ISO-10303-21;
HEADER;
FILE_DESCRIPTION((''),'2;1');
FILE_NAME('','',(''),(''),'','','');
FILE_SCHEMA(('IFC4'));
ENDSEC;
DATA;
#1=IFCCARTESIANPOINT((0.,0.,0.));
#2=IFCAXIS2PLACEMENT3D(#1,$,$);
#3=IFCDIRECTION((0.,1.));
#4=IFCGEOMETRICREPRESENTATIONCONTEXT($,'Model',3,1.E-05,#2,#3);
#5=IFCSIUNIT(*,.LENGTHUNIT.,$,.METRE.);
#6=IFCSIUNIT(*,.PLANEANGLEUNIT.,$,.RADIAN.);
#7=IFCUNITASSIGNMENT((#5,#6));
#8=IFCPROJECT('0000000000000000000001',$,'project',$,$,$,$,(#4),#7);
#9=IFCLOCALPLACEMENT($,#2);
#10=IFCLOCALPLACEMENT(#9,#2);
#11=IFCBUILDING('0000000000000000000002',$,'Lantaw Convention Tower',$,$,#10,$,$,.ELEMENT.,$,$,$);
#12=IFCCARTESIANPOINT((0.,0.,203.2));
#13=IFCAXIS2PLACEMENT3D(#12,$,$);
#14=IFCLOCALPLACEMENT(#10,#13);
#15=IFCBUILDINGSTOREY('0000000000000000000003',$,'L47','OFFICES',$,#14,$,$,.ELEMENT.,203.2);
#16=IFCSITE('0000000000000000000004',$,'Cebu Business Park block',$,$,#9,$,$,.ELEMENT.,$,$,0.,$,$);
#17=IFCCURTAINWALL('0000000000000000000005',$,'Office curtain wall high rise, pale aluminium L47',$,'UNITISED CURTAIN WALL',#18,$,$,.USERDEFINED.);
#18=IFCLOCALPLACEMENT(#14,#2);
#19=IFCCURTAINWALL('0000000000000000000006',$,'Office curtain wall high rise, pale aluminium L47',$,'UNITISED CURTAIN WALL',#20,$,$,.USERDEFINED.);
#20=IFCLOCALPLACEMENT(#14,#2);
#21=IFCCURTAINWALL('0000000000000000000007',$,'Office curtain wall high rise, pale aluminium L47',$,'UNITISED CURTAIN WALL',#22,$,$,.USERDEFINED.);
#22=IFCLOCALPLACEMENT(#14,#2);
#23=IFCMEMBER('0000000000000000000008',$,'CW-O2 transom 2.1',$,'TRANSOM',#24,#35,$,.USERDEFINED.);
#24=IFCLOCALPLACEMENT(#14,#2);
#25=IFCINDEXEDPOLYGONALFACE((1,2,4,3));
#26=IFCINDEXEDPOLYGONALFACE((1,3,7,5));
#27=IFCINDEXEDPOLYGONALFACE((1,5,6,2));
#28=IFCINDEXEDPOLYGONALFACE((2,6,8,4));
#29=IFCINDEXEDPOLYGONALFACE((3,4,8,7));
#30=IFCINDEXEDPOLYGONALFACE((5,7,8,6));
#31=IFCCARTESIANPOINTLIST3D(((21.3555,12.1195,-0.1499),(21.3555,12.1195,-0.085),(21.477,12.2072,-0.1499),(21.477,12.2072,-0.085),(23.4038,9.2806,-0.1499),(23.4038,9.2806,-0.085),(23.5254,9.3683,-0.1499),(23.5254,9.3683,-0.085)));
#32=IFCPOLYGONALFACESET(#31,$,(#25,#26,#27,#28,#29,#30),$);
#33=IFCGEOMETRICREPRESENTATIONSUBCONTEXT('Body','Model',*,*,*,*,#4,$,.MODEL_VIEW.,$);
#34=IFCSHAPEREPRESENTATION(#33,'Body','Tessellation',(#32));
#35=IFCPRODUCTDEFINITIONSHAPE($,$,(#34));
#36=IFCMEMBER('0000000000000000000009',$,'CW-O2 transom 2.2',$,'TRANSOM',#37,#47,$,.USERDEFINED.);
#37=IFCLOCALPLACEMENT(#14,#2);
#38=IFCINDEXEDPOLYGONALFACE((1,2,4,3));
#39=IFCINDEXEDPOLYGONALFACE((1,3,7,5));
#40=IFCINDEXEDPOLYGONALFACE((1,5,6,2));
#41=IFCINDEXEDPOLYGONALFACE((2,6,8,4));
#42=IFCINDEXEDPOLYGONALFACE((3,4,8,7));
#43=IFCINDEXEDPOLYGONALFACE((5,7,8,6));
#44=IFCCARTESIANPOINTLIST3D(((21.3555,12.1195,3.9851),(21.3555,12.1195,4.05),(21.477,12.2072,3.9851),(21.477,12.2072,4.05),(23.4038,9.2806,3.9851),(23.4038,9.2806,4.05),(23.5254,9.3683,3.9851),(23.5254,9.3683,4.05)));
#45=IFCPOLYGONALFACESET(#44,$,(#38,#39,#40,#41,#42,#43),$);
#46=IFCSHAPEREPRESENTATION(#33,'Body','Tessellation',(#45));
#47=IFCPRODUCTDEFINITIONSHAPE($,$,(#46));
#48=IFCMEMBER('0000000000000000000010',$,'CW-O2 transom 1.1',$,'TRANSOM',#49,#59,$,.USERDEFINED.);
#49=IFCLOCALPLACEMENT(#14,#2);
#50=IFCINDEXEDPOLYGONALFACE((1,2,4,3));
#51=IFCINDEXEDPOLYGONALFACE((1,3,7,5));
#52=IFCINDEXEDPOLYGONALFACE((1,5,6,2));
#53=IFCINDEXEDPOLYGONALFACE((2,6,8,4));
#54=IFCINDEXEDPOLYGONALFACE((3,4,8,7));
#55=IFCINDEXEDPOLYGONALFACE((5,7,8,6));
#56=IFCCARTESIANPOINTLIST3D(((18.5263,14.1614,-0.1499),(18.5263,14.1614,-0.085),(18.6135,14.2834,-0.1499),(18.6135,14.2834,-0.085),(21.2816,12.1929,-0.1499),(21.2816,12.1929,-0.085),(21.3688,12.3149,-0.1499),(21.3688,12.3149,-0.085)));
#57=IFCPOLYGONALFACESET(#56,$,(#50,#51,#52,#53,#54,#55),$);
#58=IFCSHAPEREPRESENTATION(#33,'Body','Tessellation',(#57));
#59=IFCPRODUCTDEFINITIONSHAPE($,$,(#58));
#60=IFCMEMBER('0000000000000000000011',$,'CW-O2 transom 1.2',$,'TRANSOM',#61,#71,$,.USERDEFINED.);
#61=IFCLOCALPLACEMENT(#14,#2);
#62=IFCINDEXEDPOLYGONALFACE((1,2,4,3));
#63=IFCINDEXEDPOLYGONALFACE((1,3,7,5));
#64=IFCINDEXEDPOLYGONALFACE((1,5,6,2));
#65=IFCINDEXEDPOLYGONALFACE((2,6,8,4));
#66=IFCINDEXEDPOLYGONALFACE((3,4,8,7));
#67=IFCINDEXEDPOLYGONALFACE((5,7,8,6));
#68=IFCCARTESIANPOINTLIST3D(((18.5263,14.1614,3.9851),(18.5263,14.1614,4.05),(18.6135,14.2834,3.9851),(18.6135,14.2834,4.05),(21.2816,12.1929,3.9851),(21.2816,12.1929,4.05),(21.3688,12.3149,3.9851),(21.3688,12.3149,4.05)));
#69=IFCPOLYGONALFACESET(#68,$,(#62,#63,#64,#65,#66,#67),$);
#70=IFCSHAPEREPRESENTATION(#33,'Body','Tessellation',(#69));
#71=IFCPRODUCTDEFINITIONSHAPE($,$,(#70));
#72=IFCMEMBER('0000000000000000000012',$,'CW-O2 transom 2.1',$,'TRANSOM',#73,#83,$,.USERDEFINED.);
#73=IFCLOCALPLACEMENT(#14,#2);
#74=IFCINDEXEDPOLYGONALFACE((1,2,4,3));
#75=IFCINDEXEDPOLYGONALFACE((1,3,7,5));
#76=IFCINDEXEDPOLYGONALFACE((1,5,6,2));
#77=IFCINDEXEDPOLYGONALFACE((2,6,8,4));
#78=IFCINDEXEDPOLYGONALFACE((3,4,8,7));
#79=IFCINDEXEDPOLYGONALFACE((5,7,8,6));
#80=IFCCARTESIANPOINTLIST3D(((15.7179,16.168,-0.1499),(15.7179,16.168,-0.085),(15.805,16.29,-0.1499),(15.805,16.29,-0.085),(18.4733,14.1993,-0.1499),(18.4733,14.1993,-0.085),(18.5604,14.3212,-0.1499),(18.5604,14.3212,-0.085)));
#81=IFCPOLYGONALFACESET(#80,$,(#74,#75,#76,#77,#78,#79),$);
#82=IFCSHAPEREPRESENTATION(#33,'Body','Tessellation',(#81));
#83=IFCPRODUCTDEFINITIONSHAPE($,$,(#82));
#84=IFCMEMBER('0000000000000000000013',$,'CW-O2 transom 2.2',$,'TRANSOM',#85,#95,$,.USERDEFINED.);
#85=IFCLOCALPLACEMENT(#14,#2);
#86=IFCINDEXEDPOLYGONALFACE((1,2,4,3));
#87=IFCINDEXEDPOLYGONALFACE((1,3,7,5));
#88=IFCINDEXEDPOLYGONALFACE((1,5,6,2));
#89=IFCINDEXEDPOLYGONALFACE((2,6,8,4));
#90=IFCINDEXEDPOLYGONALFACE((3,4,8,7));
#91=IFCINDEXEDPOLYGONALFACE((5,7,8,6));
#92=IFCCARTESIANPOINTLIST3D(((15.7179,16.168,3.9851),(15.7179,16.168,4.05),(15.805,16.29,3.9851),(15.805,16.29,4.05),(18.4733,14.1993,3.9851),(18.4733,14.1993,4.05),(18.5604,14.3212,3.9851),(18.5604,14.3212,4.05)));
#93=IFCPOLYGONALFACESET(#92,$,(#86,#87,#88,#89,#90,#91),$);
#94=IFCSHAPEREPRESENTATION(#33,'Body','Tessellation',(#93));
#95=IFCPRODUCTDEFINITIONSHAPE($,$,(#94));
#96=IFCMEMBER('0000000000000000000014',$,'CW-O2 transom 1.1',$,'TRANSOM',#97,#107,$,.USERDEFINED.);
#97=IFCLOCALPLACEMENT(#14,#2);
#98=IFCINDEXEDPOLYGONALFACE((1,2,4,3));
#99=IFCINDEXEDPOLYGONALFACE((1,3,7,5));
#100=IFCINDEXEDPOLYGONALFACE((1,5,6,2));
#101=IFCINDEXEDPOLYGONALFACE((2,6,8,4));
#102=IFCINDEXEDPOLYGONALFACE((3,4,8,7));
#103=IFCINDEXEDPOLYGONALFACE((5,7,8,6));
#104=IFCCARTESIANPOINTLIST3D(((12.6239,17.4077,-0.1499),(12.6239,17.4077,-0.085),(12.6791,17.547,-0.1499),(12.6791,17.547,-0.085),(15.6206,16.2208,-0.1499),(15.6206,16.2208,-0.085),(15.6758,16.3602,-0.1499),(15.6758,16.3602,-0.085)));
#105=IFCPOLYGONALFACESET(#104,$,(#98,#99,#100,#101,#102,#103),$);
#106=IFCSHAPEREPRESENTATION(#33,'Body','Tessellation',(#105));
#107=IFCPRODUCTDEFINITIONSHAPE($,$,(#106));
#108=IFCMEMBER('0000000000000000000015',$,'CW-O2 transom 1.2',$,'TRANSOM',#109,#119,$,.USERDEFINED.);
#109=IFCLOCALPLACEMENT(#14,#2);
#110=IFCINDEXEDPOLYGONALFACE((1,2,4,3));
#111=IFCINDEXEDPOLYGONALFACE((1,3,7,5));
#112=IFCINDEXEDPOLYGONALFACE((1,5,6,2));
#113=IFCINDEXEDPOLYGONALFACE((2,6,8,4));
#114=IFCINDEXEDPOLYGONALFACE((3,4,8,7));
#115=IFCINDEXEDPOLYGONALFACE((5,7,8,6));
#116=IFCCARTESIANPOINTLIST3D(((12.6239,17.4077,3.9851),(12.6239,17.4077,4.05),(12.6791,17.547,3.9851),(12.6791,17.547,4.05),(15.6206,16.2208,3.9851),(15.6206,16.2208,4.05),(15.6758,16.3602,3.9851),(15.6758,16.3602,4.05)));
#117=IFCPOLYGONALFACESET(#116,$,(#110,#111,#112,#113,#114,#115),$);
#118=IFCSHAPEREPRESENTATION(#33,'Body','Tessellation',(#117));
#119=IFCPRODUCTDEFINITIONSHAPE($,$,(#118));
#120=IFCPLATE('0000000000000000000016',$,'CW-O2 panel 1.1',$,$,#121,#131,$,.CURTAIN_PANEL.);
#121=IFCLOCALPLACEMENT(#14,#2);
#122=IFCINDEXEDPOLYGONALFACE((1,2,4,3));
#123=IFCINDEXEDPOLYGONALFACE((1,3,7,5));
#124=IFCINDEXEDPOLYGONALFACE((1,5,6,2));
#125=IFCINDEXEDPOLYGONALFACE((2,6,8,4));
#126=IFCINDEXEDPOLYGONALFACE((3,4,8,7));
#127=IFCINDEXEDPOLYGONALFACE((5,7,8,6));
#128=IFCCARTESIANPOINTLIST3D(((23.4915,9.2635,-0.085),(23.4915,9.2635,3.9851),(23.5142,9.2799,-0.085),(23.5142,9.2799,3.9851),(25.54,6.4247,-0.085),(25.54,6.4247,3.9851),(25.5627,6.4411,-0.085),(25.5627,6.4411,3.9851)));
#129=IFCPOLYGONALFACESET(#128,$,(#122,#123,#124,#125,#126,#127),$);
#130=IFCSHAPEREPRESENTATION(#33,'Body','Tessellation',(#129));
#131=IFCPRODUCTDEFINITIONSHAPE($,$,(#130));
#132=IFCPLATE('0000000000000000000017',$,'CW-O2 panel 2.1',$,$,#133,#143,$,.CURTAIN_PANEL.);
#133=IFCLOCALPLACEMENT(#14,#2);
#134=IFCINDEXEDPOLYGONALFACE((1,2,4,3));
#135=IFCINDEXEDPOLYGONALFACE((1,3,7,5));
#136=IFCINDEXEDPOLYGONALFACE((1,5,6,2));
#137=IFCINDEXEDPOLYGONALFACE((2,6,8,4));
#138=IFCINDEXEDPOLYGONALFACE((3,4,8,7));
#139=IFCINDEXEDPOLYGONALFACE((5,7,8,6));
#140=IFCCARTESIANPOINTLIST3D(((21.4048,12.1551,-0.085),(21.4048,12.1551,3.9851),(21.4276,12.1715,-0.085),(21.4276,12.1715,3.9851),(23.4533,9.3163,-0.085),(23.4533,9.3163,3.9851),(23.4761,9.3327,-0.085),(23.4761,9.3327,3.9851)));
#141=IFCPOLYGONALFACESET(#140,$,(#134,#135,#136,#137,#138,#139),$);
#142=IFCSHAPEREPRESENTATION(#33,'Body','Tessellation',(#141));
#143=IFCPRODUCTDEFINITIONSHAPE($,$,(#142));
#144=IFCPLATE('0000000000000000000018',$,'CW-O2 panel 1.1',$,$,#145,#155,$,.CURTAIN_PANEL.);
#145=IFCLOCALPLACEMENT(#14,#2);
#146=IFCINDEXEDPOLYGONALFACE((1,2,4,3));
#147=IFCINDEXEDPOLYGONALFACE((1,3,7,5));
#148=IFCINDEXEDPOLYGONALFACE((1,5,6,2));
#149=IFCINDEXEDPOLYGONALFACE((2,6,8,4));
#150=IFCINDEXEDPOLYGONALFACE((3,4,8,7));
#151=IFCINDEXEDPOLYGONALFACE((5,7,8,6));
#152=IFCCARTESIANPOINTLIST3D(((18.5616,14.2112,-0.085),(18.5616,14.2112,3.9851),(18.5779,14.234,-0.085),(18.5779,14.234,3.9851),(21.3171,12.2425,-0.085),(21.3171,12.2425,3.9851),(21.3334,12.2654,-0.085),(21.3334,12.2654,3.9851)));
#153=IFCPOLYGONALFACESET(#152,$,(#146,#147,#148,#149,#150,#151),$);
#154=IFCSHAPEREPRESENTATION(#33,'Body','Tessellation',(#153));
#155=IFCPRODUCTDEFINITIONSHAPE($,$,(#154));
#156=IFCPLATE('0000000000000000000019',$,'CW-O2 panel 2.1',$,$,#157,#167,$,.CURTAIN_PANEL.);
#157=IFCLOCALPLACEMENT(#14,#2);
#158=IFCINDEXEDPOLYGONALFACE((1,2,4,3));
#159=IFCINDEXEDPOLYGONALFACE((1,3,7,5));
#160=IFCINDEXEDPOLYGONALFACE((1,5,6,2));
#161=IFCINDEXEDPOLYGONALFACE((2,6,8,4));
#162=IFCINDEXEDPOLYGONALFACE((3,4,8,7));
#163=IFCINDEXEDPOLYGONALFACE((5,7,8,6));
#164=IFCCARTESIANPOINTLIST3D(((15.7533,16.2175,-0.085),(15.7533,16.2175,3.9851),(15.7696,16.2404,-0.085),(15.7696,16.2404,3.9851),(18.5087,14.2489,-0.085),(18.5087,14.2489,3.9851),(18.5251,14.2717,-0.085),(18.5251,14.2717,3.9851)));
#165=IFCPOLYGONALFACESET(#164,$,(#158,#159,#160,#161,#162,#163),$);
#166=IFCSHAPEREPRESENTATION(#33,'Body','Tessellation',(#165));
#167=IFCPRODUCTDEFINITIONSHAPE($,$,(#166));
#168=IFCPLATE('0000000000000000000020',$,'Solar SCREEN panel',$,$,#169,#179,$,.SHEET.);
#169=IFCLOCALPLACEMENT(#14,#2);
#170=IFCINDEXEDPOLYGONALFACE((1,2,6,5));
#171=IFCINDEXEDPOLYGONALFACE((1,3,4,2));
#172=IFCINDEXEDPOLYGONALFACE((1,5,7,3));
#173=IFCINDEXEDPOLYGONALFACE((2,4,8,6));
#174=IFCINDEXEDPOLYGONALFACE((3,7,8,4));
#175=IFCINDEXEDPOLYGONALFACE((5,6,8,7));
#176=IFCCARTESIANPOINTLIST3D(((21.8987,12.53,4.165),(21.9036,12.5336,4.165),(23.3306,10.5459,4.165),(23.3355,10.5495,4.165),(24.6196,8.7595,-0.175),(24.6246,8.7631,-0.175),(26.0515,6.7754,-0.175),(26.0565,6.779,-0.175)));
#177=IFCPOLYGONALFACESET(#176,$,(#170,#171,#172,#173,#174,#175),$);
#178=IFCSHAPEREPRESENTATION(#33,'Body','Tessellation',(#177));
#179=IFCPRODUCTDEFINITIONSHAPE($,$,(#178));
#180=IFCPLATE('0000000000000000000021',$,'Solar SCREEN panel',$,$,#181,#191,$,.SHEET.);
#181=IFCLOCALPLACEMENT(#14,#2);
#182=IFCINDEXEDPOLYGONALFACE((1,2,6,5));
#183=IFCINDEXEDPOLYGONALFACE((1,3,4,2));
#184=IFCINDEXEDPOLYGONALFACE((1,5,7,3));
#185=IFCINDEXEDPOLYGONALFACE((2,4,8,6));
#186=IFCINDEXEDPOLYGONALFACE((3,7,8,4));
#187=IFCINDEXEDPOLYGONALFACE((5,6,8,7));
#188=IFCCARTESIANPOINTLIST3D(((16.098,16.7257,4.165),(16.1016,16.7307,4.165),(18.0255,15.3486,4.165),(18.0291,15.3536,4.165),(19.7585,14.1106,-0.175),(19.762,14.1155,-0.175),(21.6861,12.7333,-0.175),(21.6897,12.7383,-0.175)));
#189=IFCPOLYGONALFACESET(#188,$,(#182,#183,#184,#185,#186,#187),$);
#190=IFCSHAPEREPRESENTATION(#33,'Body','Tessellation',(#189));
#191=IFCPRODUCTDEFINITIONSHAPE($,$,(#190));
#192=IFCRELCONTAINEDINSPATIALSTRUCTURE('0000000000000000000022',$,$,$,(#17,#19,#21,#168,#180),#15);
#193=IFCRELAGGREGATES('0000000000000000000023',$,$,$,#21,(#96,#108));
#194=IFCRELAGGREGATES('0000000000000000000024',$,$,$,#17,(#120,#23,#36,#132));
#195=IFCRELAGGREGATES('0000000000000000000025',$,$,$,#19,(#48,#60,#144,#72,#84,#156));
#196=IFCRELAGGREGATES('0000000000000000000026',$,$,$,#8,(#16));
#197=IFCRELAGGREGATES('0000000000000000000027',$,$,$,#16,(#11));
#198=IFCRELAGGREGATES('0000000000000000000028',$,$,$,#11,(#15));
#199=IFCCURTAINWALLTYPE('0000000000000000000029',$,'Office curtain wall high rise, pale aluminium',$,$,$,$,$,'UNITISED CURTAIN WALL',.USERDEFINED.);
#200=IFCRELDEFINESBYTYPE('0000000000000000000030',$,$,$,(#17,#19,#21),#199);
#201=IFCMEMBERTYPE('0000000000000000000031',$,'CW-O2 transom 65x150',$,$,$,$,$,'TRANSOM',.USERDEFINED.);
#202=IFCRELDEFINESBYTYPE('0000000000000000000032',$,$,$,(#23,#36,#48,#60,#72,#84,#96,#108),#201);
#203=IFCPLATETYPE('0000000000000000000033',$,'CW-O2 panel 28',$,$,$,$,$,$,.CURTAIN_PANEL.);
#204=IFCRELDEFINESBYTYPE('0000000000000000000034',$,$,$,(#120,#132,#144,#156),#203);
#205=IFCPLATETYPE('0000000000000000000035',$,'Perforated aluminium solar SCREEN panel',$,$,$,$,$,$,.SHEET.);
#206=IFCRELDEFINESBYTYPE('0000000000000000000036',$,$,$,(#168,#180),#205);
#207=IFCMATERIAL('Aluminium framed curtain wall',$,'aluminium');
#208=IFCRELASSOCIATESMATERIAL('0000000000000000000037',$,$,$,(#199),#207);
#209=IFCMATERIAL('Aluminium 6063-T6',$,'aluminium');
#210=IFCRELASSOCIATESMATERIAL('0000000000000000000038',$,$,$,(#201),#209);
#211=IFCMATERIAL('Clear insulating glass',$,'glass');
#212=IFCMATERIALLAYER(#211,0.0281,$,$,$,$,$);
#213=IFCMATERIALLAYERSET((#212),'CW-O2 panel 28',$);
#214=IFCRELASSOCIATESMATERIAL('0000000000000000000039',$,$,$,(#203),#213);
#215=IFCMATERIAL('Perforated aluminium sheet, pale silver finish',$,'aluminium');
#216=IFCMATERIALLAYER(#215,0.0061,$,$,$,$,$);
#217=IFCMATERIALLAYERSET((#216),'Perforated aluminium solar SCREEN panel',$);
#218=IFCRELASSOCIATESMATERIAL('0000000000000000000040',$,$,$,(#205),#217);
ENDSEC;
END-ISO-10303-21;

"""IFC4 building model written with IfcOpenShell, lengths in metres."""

from ifc_helpers import new_model, si_unit, direction, frame, origin, origin_2d, place, context, subcontext, project, spatial, polyline, rectangle, outline, extrude, material, layer, layer_set, material_profile, profile_set, type_object, element, aggregate, save


model = new_model("IFC4")

# Units and contexts
model_context = context("Model", 3, precision=1e-05, world=origin(), true_north=direction((0.0, 1.0)))
body_context = subcontext(model_context, "Body", "Model", "MODEL_VIEW")
ifc_project = project(units=[si_unit("LENGTHUNIT", "METRE"), si_unit("PLANEANGLEUNIT", "RADIAN")], contexts=[model_context])

# Site, building, storey
site_placement = place(None, origin())
site = spatial("IfcSite", under=ifc_project, at=site_placement, Name="Cebu Business Park block", CompositionType="ELEMENT", RefElevation=0.0)
building_placement = place(site_placement, origin())
building = spatial("IfcBuilding", under=site, at=building_placement, Name="Lantaw Convention Tower", CompositionType="ELEMENT")
storey_placement = place(building_placement, frame((0.0, 0.0, 203.2)))
storey = spatial("IfcBuildingStorey", under=building, at=storey_placement, Name="L47", Description="OFFICES", CompositionType="ELEMENT", Elevation=203.2)

# Curtain walls
ifc_material_1 = material(Name="Aluminium framed curtain wall", Category="aluminium")
curtain_wall_type = type_object("IfcCurtainWallType", Name="Office curtain wall high rise, pale aluminium", ElementType="UNITISED CURTAIN WALL", PredefinedType="USERDEFINED", material=ifc_material_1)
curtain_wall_1_placement = place(storey_placement, origin())
curtain_wall_1 = element("IfcCurtainWall", 1, at=curtain_wall_1_placement, inside=storey, type_object=curtain_wall_type, Name="Office curtain wall high rise, pale aluminium L47", ObjectType="UNITISED CURTAIN WALL", PredefinedType="USERDEFINED")
ifc_material_2 = material(Name="Aluminium 6063-T6", Category="aluminium")
curtain_wall_2_placement = place(storey_placement, origin())
curtain_wall_2 = element("IfcCurtainWall", 2, at=curtain_wall_2_placement, inside=storey, type_object=curtain_wall_type, Name="Office curtain wall high rise, pale aluminium L47", ObjectType="UNITISED CURTAIN WALL", PredefinedType="USERDEFINED")

# Curtain wall
curtain_wall_3_placement = place(storey_placement, origin())
curtain_wall_3 = element("IfcCurtainWall", 3, at=curtain_wall_3_placement, inside=storey, type_object=curtain_wall_type, Name="Office curtain wall high rise, pale aluminium L47", ObjectType="UNITISED CURTAIN WALL", PredefinedType="USERDEFINED")

# Members
ifc_material_profile_1 = material_profile(ifc_material_2, rectangle(XDim=0.1499, YDim=0.0649, at=origin_2d()), Name="CW-O2 transom 65x150")
ifc_profile_set_1 = profile_set([ifc_material_profile_1], Name="Aluminium 6063-T6")
member_type_1 = type_object("IfcMemberType", Name="CW-O2 transom 65x150", ElementType="TRANSOM", PredefinedType="USERDEFINED", material=ifc_profile_set_1)
member_1_placement = place(storey_placement, frame((23.4646, 9.3245, -0.1174), z_axis=(-0.585124, 0.810944, 0.0), x_axis=(-0.810944, -0.585124, 0.0)))
member_1 = element("IfcMember", 4, at=member_1_placement, type_object=member_type_1, Name="CW-O2 transom 2.1", ObjectType="TRANSOM", PredefinedType="USERDEFINED", context=body_context, shape_type="SweptSolid", body=[
    extrude(rectangle(XDim=0.1499, YDim=0.0649, at=origin_2d()), origin(), (0.0, 0.0, 1.0), 3.5007),
])
member_2_placement = place(storey_placement, frame((23.4646, 9.3245, 4.0176), z_axis=(-0.585124, 0.810944, 0.0), x_axis=(-0.810944, -0.585124, 0.0)))
member_2 = element("IfcMember", 5, at=member_2_placement, type_object=member_type_1, Name="CW-O2 transom 2.2", ObjectType="TRANSOM", PredefinedType="USERDEFINED", context=body_context, shape_type="SweptSolid", body=[
    extrude(rectangle(XDim=0.1499, YDim=0.0649, at=origin_2d()), origin(), (0.0, 0.0, 1.0), 3.5007),
])
member_3_placement = place(storey_placement, frame((21.3252, 12.2539, -0.1174), z_axis=(-0.81368, 0.581313, 0.0), x_axis=(-0.581313, -0.81368, 0.0)))
member_3 = element("IfcMember", 6, at=member_3_placement, type_object=member_type_1, Name="CW-O2 transom 1.1", ObjectType="TRANSOM", PredefinedType="USERDEFINED", context=body_context, shape_type="SweptSolid", body=[
    extrude(rectangle(XDim=0.1499, YDim=0.0649, at=origin_2d()), origin(), (0.0, 0.0, 1.0), 3.3862),
])
member_4_placement = place(storey_placement, frame((21.3252, 12.2539, 4.0176), z_axis=(-0.81368, 0.581313, 0.0), x_axis=(-0.581313, -0.81368, 0.0)))
member_4 = element("IfcMember", 7, at=member_4_placement, type_object=member_type_1, Name="CW-O2 transom 1.2", ObjectType="TRANSOM", PredefinedType="USERDEFINED", context=body_context, shape_type="SweptSolid", body=[
    extrude(rectangle(XDim=0.1499, YDim=0.0649, at=origin_2d()), origin(), (0.0, 0.0, 1.0), 3.3862),
])
member_5_placement = place(storey_placement, frame((18.5168, 14.2603, -0.1174), z_axis=(-0.813646, 0.581361, 0.0), x_axis=(-0.581361, -0.813646, 0.0)))
member_5 = element("IfcMember", 8, at=member_5_placement, type_object=member_type_1, Name="CW-O2 transom 2.1", ObjectType="TRANSOM", PredefinedType="USERDEFINED", context=body_context, shape_type="SweptSolid", body=[
    extrude(rectangle(XDim=0.1499, YDim=0.0649, at=origin_2d()), origin(), (0.0, 0.0, 1.0), 3.3865),
])
member_6_placement = place(storey_placement, frame((18.5168, 14.2603, 4.0176), z_axis=(-0.813646, 0.581361, 0.0), x_axis=(-0.581361, -0.813646, 0.0)))
member_6 = element("IfcMember", 9, at=member_6_placement, type_object=member_type_1, Name="CW-O2 transom 2.2", ObjectType="TRANSOM", PredefinedType="USERDEFINED", context=body_context, shape_type="SweptSolid", body=[
    extrude(rectangle(XDim=0.1499, YDim=0.0649, at=origin_2d()), origin(), (0.0, 0.0, 1.0), 3.3865),
])
member_7_placement = place(storey_placement, frame((15.6482, 16.2905, -0.1174), z_axis=(-0.929741, 0.368215, 0.0), x_axis=(-0.368215, -0.929741, 0.0)))
member_7 = element("IfcMember", 10, at=member_7_placement, type_object=member_type_1, Name="CW-O2 transom 1.1", ObjectType="TRANSOM", PredefinedType="USERDEFINED", context=body_context, shape_type="SweptSolid", body=[
    extrude(rectangle(XDim=0.1499, YDim=0.0649, at=origin_2d()), origin(), (0.0, 0.0, 1.0), 3.2231),
])
member_8_placement = place(storey_placement, frame((15.6482, 16.2905, 4.0176), z_axis=(-0.929741, 0.368215, 0.0), x_axis=(-0.368215, -0.929741, 0.0)))
member_8 = element("IfcMember", 11, at=member_8_placement, type_object=member_type_1, Name="CW-O2 transom 1.2", ObjectType="TRANSOM", PredefinedType="USERDEFINED", context=body_context, shape_type="SweptSolid", body=[
    extrude(rectangle(XDim=0.1499, YDim=0.0649, at=origin_2d()), origin(), (0.0, 0.0, 1.0), 3.2231),
])
aggregate(curtain_wall_3, [member_7, member_8])

# Plates
ifc_material_3 = material(Name="Clear insulating glass", Category="glass")
ifc_layer_1 = layer(ifc_material_3, 0.0281)
ifc_layer_set_1 = layer_set([ifc_layer_1], Name="CW-O2 panel 28")
plate_type_1 = type_object("IfcPlateType", Name="CW-O2 panel 28", PredefinedType="CURTAIN_PANEL", material=ifc_layer_set_1)
plate_1_placement = place(storey_placement, frame((24.5271, 7.8523, -0.085), z_axis=(0.0, 0.0, 1.0), x_axis=(-0.585158, 0.81092, 0.0)))
plate_1 = element("IfcPlate", 12, at=plate_1_placement, type_object=plate_type_1, Name="CW-O2 panel 1.1", PredefinedType="CURTAIN_PANEL", context=body_context, shape_type="SweptSolid", body=[
    extrude(rectangle(XDim=3.5007, YDim=0.0281, at=origin_2d()), origin(), (0.0, 0.0, 1.0), 4.0701),
])
plate_2_placement = place(storey_placement, frame((22.4404, 10.7439, -0.085), z_axis=(0.0, 0.0, 1.0), x_axis=(-0.585158, 0.81092, 0.0)))
plate_2 = element("IfcPlate", 13, at=plate_2_placement, type_object=plate_type_1, Name="CW-O2 panel 2.1", PredefinedType="CURTAIN_PANEL", context=body_context, shape_type="SweptSolid", body=[
    extrude(rectangle(XDim=3.5007, YDim=0.0281, at=origin_2d()), origin(), (0.0, 0.0, 1.0), 4.0701),
])
aggregate(curtain_wall_1, [plate_1, member_1, member_2, plate_2])
plate_3_placement = place(storey_placement, frame((19.9475, 13.2383, -0.085), z_axis=(0.0, 0.0, 1.0), x_axis=(-0.813673, 0.581323, 0.0)))
plate_3 = element("IfcPlate", 14, at=plate_3_placement, type_object=plate_type_1, Name="CW-O2 panel 1.1", PredefinedType="CURTAIN_PANEL", context=body_context, shape_type="SweptSolid", body=[
    extrude(rectangle(XDim=3.3865, YDim=0.0281, at=origin_2d()), origin(), (0.0, 0.0, 1.0), 4.0701),
])
plate_4_placement = place(storey_placement, frame((17.1392, 15.2446, -0.085), z_axis=(0.0, 0.0, 1.0), x_axis=(-0.813673, 0.581323, 0.0)))
plate_4 = element("IfcPlate", 15, at=plate_4_placement, type_object=plate_type_1, Name="CW-O2 panel 2.1", PredefinedType="CURTAIN_PANEL", context=body_context, shape_type="SweptSolid", body=[
    extrude(rectangle(XDim=3.3865, YDim=0.0281, at=origin_2d()), origin(), (0.0, 0.0, 1.0), 4.0701),
])
aggregate(curtain_wall_2, [member_3, member_4, plate_3, member_5, member_6, plate_4])

# Plates
ifc_material_4 = material(Name="Perforated aluminium sheet, pale silver finish", Category="aluminium")
ifc_layer_2 = layer(ifc_material_4, 0.0061)
ifc_layer_set_2 = layer_set([ifc_layer_2], Name="Perforated aluminium solar SCREEN panel")
plate_type_2 = type_object("IfcPlateType", Name="Perforated aluminium solar SCREEN panel", PredefinedType="SHEET", material=ifc_layer_set_2)
plate_5_placement = place(storey_placement, frame((26.0515, 6.7754, -0.175), z_axis=(-0.810892, -0.585195, 0.00002), x_axis=(-0.585195, 0.810892, 0.0)))
element("IfcPlate", 16, at=plate_5_placement, inside=storey, type_object=plate_type_2, Name="Solar SCREEN panel", PredefinedType="SHEET", context=body_context, shape_type="SweptSolid", body=[
    extrude(outline(polyline([(0.0, 0.0), (2.4468, 0.0), (7.0966, -4.3401), (4.6498, -4.3401), (0.0, 0.0)])), origin(), (0.0, 0.0, -1.0), 0.0061),
])
plate_6_placement = place(storey_placement, frame((21.6897, 12.7383, -0.175), z_axis=(0.581331, 0.813667, 0.00001), x_axis=(-0.813667, 0.581331, 0.0)))
element("IfcPlate", 17, at=plate_6_placement, inside=storey, type_object=plate_type_2, Name="Solar SCREEN panel", PredefinedType="SHEET", context=body_context, shape_type="SweptSolid", body=[
    extrude(outline(polyline([(0.0, 0.0), (2.3691, 0.0), (6.8678, 4.3401), (4.4989, 4.3401), (0.0, 0.0)])), origin(), (0.0, 0.0, -1.0), 0.0061),
])

save(model, "model.ifc")
